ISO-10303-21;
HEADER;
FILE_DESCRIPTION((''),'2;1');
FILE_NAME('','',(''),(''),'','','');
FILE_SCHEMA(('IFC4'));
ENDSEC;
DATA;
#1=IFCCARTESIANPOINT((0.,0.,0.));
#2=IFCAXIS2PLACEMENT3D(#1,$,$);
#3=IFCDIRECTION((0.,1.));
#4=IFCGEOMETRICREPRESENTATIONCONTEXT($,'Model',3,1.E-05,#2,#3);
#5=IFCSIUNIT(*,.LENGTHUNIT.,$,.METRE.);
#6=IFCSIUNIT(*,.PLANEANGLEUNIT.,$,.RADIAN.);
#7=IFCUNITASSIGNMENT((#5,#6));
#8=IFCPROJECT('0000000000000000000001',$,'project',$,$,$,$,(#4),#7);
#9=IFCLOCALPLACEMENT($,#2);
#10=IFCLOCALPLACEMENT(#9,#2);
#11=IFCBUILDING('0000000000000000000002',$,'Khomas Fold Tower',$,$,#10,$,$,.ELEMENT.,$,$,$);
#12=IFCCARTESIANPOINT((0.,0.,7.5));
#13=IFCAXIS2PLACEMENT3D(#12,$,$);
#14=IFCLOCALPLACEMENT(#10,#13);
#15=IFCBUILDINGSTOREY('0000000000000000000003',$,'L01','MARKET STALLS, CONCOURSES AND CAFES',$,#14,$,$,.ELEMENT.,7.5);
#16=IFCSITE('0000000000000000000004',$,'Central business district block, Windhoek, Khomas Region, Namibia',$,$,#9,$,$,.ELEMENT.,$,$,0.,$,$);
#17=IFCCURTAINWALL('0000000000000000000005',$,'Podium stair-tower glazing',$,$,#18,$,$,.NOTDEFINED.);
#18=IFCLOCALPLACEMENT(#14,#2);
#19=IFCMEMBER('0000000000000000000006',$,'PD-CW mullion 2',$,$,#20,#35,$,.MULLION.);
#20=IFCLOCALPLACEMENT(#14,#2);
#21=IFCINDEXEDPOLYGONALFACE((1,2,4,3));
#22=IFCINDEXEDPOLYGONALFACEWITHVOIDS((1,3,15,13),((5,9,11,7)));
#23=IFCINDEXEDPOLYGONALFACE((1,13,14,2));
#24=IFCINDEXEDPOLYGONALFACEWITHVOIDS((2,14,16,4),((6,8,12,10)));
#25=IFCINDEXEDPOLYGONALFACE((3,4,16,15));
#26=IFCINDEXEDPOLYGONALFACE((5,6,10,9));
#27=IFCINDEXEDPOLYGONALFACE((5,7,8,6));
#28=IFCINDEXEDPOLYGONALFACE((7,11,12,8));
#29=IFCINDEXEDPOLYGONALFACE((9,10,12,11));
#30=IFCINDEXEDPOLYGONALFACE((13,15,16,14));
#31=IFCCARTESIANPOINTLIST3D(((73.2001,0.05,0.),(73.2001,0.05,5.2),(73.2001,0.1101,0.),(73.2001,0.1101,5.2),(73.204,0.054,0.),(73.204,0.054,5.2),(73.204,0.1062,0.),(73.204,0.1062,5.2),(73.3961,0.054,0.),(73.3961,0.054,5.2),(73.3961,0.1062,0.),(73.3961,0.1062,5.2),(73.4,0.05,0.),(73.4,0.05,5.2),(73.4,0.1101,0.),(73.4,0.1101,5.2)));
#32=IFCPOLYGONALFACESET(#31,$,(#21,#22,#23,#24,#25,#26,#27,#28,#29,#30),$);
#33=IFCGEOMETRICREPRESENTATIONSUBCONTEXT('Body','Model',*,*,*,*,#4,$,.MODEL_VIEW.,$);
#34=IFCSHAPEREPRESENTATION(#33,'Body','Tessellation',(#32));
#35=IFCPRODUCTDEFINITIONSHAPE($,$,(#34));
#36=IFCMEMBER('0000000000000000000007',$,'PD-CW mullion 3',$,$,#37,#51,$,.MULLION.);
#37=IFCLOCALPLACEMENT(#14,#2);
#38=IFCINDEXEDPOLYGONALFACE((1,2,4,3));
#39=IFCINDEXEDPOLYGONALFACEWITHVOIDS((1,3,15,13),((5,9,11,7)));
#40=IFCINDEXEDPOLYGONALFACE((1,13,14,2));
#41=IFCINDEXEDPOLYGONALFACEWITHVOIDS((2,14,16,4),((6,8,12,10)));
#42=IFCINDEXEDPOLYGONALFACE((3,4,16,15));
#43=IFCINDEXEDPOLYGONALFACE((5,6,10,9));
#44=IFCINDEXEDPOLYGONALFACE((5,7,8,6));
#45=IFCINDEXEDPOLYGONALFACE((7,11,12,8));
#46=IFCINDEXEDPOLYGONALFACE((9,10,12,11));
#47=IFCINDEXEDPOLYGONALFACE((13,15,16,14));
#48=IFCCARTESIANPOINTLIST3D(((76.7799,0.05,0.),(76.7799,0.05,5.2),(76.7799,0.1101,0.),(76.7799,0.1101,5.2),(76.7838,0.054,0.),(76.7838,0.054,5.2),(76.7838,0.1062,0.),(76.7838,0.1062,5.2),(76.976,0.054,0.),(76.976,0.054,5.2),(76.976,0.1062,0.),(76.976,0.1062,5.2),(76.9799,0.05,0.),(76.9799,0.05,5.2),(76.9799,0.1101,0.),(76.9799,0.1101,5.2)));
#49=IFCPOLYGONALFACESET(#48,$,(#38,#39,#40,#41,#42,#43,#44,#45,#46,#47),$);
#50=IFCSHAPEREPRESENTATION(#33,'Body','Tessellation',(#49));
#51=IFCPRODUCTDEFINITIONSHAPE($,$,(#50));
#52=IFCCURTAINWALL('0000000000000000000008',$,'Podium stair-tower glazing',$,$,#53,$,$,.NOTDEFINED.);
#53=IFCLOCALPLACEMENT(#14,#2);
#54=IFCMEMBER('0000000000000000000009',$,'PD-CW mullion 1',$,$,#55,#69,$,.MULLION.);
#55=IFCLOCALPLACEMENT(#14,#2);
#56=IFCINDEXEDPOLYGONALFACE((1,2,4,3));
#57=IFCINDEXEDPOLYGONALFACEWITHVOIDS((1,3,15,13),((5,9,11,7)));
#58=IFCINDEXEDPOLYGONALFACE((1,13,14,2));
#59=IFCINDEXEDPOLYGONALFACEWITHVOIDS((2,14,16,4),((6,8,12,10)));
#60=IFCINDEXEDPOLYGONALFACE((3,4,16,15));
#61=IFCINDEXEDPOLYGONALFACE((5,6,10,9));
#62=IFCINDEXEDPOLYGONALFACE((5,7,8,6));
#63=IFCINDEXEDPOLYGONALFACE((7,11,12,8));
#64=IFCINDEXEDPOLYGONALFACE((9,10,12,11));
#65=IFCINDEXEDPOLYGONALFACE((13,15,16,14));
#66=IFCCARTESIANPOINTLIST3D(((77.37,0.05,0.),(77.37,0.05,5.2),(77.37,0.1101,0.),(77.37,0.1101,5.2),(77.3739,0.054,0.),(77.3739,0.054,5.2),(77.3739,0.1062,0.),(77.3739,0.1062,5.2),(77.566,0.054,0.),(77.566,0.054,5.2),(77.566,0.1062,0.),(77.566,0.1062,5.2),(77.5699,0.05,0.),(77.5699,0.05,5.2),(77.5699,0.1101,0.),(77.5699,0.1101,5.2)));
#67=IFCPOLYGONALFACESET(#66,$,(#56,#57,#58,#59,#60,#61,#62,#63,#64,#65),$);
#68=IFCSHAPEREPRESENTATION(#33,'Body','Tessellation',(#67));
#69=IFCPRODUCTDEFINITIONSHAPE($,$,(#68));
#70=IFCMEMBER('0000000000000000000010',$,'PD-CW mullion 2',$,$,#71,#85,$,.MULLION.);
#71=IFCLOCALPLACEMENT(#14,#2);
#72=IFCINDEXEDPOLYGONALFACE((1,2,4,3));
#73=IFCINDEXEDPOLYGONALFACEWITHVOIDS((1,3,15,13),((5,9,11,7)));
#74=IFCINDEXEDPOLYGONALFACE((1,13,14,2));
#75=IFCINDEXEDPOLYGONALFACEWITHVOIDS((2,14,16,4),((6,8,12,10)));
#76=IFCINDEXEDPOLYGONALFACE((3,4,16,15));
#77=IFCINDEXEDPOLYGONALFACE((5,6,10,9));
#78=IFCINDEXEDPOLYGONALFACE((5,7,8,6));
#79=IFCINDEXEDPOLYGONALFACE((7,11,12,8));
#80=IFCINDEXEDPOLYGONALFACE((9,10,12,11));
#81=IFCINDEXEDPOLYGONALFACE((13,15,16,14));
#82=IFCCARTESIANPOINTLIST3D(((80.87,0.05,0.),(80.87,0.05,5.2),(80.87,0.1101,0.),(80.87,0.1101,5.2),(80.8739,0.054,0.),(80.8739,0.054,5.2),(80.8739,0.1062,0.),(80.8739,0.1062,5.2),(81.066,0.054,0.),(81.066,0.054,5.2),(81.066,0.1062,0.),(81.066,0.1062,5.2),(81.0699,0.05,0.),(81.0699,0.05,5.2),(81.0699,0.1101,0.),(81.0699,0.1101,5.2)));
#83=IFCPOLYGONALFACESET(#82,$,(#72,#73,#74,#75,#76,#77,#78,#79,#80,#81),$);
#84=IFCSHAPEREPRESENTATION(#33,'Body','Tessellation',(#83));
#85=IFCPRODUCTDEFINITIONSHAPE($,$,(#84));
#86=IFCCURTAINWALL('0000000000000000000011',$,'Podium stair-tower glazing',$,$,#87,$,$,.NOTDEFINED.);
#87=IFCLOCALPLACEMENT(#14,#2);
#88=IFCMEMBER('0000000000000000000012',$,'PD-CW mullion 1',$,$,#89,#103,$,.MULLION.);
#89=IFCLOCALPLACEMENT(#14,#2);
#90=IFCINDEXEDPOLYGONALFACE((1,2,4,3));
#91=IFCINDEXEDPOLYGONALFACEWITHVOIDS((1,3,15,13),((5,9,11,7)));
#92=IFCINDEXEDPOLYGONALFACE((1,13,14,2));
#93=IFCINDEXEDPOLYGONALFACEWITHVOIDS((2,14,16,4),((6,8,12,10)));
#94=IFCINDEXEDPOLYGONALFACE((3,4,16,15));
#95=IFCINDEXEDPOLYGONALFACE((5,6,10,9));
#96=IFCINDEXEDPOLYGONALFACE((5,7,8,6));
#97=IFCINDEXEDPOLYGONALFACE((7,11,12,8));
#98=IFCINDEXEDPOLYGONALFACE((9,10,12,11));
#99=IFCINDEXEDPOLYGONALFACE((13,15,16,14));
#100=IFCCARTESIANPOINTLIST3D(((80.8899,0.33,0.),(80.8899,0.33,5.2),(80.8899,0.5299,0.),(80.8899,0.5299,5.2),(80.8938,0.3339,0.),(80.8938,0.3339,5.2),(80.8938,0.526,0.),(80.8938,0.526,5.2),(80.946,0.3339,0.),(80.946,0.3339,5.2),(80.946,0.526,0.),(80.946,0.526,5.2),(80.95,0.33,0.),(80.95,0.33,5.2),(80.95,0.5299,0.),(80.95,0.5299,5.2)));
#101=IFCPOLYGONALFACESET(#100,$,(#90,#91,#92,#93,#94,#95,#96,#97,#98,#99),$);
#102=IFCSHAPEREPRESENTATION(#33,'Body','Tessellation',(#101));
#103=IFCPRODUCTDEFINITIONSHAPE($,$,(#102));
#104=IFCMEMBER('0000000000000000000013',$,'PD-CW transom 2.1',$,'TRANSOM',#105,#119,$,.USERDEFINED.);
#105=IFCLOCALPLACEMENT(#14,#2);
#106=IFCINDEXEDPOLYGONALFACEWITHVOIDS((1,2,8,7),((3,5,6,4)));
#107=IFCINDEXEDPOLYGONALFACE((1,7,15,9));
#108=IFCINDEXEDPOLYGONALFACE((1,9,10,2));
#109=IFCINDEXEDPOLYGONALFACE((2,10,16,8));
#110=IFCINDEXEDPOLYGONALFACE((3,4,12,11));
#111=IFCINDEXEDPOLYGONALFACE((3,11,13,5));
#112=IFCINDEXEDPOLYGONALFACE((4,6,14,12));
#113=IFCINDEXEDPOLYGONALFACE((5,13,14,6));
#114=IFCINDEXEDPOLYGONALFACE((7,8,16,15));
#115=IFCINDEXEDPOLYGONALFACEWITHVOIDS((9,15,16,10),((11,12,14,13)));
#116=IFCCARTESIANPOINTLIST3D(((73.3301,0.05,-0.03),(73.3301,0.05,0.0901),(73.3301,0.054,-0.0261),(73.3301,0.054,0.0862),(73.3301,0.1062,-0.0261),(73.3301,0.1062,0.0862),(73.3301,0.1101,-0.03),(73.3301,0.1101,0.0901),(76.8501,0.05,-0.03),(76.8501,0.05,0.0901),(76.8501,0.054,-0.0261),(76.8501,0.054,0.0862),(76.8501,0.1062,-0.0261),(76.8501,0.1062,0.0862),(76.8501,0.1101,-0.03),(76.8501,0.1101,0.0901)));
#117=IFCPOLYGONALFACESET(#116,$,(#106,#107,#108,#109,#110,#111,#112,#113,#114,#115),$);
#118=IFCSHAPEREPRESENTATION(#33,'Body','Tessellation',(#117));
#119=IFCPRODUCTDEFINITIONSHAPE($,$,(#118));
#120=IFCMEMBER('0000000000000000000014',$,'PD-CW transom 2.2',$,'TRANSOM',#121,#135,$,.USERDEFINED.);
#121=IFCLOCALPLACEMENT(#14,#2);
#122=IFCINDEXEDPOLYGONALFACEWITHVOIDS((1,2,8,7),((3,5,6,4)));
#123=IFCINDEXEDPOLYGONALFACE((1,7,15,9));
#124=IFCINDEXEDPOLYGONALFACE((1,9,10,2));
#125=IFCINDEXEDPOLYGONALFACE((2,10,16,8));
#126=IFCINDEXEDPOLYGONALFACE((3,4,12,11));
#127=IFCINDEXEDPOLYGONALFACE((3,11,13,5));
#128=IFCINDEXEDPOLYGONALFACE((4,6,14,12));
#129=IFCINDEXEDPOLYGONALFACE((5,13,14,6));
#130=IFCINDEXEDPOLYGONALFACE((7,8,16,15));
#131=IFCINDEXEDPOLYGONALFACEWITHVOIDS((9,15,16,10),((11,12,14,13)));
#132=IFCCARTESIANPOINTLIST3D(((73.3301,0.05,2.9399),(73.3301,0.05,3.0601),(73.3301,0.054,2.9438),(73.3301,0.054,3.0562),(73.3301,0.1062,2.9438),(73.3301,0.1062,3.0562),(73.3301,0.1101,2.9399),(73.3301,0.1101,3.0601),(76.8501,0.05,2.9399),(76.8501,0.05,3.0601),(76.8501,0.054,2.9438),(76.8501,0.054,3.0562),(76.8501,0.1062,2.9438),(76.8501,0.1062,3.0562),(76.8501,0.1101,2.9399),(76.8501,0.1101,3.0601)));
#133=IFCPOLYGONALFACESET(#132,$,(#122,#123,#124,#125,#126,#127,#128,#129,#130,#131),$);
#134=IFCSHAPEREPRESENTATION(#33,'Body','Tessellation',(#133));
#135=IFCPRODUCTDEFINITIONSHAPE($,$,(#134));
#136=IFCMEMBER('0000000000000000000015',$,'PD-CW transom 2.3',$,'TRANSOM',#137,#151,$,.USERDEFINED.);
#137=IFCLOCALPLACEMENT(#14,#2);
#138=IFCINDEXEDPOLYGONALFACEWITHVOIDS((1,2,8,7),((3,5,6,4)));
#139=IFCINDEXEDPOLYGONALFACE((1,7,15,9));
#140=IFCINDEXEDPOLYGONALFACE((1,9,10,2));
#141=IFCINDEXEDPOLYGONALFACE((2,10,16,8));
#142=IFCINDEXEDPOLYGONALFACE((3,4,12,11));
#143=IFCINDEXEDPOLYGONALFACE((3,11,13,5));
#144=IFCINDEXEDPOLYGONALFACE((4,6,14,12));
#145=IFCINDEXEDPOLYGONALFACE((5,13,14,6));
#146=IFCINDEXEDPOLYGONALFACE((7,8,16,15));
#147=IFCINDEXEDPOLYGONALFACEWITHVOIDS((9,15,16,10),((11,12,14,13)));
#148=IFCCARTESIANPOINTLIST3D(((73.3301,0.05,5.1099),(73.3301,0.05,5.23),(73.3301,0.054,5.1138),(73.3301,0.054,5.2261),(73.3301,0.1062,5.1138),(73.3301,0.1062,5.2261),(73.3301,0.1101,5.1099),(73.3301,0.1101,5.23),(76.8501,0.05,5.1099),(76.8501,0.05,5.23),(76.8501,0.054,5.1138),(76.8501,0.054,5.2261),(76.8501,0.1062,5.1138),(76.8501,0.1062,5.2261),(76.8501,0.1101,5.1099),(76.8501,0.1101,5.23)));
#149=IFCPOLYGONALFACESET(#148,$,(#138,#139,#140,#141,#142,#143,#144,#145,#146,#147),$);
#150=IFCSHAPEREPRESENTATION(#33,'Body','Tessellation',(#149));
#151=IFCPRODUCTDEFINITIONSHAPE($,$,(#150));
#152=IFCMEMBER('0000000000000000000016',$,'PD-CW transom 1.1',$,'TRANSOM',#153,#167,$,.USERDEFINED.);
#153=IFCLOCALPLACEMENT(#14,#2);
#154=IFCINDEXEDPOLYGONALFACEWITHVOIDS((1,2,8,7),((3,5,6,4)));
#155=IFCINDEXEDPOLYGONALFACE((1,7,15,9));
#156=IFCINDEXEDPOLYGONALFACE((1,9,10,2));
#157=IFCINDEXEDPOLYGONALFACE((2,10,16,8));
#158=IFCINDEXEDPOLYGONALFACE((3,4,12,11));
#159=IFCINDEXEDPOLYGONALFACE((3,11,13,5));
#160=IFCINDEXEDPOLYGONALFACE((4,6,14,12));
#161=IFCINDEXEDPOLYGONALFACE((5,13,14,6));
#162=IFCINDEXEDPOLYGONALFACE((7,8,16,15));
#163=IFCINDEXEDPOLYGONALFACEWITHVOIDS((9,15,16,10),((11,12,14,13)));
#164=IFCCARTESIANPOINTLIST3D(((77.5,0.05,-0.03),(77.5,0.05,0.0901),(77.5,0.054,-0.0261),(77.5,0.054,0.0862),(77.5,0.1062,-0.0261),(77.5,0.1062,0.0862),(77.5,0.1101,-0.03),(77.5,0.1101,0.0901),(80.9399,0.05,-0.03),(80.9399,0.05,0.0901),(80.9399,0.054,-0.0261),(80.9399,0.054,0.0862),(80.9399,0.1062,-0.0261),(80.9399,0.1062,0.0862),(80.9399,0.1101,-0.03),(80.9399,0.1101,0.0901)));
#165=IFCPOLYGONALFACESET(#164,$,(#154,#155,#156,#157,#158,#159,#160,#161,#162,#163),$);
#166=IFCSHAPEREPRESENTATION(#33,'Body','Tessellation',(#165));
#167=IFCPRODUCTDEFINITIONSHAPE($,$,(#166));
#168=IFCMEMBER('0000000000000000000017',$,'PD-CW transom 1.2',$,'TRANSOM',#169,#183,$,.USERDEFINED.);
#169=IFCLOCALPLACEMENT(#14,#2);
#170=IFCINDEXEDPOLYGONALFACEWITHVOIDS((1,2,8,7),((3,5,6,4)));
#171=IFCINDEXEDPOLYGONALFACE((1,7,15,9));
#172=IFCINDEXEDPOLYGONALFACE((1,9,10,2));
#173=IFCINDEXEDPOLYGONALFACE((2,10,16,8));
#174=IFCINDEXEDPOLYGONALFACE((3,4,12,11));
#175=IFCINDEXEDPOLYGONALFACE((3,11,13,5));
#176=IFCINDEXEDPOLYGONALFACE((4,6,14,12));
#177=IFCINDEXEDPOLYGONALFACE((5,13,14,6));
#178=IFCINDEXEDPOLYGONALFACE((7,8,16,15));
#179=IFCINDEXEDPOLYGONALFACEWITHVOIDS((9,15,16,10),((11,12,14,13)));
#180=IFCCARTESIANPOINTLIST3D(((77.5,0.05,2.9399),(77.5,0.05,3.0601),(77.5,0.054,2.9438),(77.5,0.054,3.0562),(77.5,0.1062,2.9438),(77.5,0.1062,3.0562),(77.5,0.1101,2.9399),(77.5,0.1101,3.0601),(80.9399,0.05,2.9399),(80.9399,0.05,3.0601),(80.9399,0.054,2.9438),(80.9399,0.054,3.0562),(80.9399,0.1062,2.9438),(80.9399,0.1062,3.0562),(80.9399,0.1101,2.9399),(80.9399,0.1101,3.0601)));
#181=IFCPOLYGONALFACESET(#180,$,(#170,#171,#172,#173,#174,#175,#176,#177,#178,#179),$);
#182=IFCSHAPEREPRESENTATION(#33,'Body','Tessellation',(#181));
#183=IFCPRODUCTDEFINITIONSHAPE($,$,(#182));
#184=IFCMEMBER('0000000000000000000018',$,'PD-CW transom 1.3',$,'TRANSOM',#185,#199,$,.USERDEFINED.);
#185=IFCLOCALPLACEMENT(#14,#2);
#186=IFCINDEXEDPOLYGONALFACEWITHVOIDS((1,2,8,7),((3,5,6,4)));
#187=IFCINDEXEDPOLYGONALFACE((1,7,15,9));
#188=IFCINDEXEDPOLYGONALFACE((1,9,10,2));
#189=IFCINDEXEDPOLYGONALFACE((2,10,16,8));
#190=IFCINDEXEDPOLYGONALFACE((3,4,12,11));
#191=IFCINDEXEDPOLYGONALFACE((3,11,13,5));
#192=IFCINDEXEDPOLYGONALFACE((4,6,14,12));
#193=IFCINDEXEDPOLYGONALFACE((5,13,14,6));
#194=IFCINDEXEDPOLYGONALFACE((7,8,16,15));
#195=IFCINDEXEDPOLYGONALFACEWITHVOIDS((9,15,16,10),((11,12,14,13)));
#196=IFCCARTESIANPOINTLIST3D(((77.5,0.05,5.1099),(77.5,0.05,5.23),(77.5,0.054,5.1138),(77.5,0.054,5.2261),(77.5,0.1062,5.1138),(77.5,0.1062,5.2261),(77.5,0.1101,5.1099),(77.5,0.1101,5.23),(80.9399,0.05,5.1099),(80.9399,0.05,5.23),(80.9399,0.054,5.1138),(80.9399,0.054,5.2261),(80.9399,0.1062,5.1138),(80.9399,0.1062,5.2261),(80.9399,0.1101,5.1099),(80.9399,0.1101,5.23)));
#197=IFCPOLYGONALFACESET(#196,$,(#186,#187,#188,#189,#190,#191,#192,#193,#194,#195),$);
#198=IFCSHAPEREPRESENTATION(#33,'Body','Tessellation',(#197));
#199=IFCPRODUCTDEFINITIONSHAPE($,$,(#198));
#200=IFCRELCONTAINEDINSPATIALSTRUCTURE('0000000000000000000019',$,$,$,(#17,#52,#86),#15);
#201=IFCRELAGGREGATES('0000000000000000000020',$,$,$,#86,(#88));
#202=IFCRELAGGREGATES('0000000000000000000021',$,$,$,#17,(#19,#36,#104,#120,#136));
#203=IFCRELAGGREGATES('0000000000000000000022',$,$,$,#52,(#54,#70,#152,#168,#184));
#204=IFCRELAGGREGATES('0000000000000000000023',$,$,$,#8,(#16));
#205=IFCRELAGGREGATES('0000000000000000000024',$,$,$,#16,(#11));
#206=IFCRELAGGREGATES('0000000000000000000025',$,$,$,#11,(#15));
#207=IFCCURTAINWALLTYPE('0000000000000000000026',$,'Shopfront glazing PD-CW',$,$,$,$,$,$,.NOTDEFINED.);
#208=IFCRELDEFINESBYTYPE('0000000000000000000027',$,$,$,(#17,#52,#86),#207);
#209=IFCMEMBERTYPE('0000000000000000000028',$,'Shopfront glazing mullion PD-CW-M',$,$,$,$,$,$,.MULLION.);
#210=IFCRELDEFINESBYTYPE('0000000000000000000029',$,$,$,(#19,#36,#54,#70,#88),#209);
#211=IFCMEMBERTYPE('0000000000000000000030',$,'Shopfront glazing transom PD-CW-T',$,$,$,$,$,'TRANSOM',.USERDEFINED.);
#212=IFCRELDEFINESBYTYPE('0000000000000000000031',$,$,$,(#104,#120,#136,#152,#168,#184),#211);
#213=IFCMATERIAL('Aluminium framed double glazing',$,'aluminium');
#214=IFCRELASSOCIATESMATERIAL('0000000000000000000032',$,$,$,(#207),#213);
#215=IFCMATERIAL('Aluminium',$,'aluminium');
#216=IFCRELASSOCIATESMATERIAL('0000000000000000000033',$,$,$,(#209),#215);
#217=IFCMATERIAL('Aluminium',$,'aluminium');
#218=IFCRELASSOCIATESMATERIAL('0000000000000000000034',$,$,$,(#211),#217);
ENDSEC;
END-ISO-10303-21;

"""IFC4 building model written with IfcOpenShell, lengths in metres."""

from ifc_helpers import new_model, si_unit, direction, frame, origin, origin_2d, place, context, subcontext, project, spatial, hollow_rectangle, extrude, source, transform, mapped, material, material_profile, profile_set, type_object, element, aggregate, save


model = new_model("IFC4")

# Units and contexts
model_context = context("Model", 3, precision=1e-05, world=origin(), true_north=direction((0.0, 1.0)))
body_context = subcontext(model_context, "Body", "Model", "MODEL_VIEW")
ifc_project = project(units=[si_unit("LENGTHUNIT", "METRE"), si_unit("PLANEANGLEUNIT", "RADIAN")], contexts=[model_context])

# Site, building, storey
site_placement = place(None, origin())
site = spatial("IfcSite", under=ifc_project, at=site_placement, Name="Central business district block, Windhoek, Khomas Region, Namibia", CompositionType="ELEMENT", RefElevation=0.0)
building_placement = place(site_placement, origin())
building = spatial("IfcBuilding", under=site, at=building_placement, Name="Khomas Fold Tower", CompositionType="ELEMENT")
storey_placement = place(building_placement, frame((0.0, 0.0, 7.5)))
storey = spatial("IfcBuildingStorey", under=building, at=storey_placement, Name="L01", Description="MARKET STALLS, CONCOURSES AND CAFES", CompositionType="ELEMENT", Elevation=7.5)

# Curtain walls, members
ifc_material_1 = material(Name="Aluminium framed double glazing", Category="aluminium")
curtain_wall_type = type_object("IfcCurtainWallType", Name="Shopfront glazing PD-CW", PredefinedType="NOTDEFINED", material=ifc_material_1)
curtain_wall_1_placement = place(storey_placement, origin())
curtain_wall_1 = element("IfcCurtainWall", 1, at=curtain_wall_1_placement, inside=storey, type_object=curtain_wall_type, Name="Podium stair-tower glazing", PredefinedType="NOTDEFINED")
ifc_material_2 = material(Name="Aluminium", Category="aluminium")
ifc_material_profile_1 = material_profile(ifc_material_2, hollow_rectangle(XDim=0.0601, YDim=0.2, WallThickness=0.0039, at=origin_2d()), Name="Shopfront glazing mullion PD-CW-M")
ifc_profile_set_1 = profile_set([ifc_material_profile_1], Name="Aluminium")
member_type_1 = type_object("IfcMemberType", Name="Shopfront glazing mullion PD-CW-M", PredefinedType="MULLION", material=ifc_profile_set_1)
shared_shape_1 = source(origin(), body_context, "Body", "SweptSolid", [
    extrude(hollow_rectangle(XDim=0.0601, YDim=0.2, WallThickness=0.0039, at=origin_2d()), origin(), (0.0, 0.0, 1.0), 5.2),
])
member_1_placement = place(storey_placement, frame((73.3, 0.0801, 0.0), z_axis=(0.0, 0.0, 1.0), x_axis=(0.0, 1.0, 0.0)))
member_1 = element("IfcMember", 2, at=member_1_placement, type_object=member_type_1, Name="PD-CW mullion 2", PredefinedType="MULLION", context=body_context, shape_type="MappedRepresentation", body=[
    mapped(shared_shape_1, transform((0.0, 0.0, 0.0))),
])
member_2_placement = place(storey_placement, frame((76.8799, 0.0801, 0.0), z_axis=(0.0, 0.0, 1.0), x_axis=(0.0, 1.0, 0.0)))
member_2 = element("IfcMember", 3, at=member_2_placement, type_object=member_type_1, Name="PD-CW mullion 3", PredefinedType="MULLION", context=body_context, shape_type="MappedRepresentation", body=[
    mapped(shared_shape_1, transform((0.0, 0.0, 0.0))),
])
curtain_wall_2_placement = place(storey_placement, origin())
curtain_wall_2 = element("IfcCurtainWall", 4, at=curtain_wall_2_placement, inside=storey, type_object=curtain_wall_type, Name="Podium stair-tower glazing", PredefinedType="NOTDEFINED")
member_3_placement = place(storey_placement, frame((77.47, 0.0801, 0.0), z_axis=(0.0, 0.0, 1.0), x_axis=(0.0, 1.0, 0.0)))
member_3 = element("IfcMember", 5, at=member_3_placement, type_object=member_type_1, Name="PD-CW mullion 1", PredefinedType="MULLION", context=body_context, shape_type="MappedRepresentation", body=[
    mapped(shared_shape_1, transform((0.0, 0.0, 0.0))),
])
member_4_placement = place(storey_placement, frame((80.97, 0.0801, 0.0), z_axis=(0.0, 0.0, 1.0), x_axis=(0.0, 1.0, 0.0)))
member_4 = element("IfcMember", 6, at=member_4_placement, type_object=member_type_1, Name="PD-CW mullion 2", PredefinedType="MULLION", context=body_context, shape_type="MappedRepresentation", body=[
    mapped(shared_shape_1, transform((0.0, 0.0, 0.0))),
])

# Curtain wall, member
curtain_wall_3_placement = place(storey_placement, origin())
curtain_wall_3 = element("IfcCurtainWall", 7, at=curtain_wall_3_placement, inside=storey, type_object=curtain_wall_type, Name="Podium stair-tower glazing", PredefinedType="NOTDEFINED")
member_5_placement = place(storey_placement, frame((80.9199, 0.4299, 0.0), z_axis=(0.0, 0.0, 1.0), x_axis=(-1.0, 0.0, 0.0)))
member_5 = element("IfcMember", 8, at=member_5_placement, type_object=member_type_1, Name="PD-CW mullion 1", PredefinedType="MULLION", context=body_context, shape_type="MappedRepresentation", body=[
    mapped(shared_shape_1, transform((0.0, 0.0, 0.0))),
])

# Members
ifc_material_3 = material(Name="Aluminium", Category="aluminium")
ifc_material_profile_2 = material_profile(ifc_material_3, hollow_rectangle(XDim=0.0601, YDim=0.1201, WallThickness=0.0039, at=origin_2d()), Name="Shopfront glazing transom PD-CW-T")
ifc_profile_set_2 = profile_set([ifc_material_profile_2], Name="Aluminium")
member_type_2 = type_object("IfcMemberType", Name="Shopfront glazing transom PD-CW-T", ElementType="TRANSOM", PredefinedType="USERDEFINED", material=ifc_profile_set_2)
shared_shape_2 = source(origin(), body_context, "Body", "SweptSolid", [
    extrude(hollow_rectangle(XDim=0.0601, YDim=0.1201, WallThickness=0.0039, at=origin_2d()), origin(), (0.0, 0.0, 1.0), 3.52),
])
member_6_placement = place(storey_placement, frame((73.3301, 0.0801, 0.03), z_axis=(1.0, 0.0, 0.0), x_axis=(0.0, 1.0, 0.0)))
member_6 = element("IfcMember", 9, at=member_6_placement, type_object=member_type_2, Name="PD-CW transom 2.1", ObjectType="TRANSOM", PredefinedType="USERDEFINED", context=body_context, shape_type="MappedRepresentation", body=[
    mapped(shared_shape_2, transform((0.0, 0.0, 0.0))),
])
member_7_placement = place(storey_placement, frame((73.3301, 0.0801, 3.0), z_axis=(1.0, 0.0, 0.0), x_axis=(0.0, 1.0, 0.0)))
member_7 = element("IfcMember", 10, at=member_7_placement, type_object=member_type_2, Name="PD-CW transom 2.2", ObjectType="TRANSOM", PredefinedType="USERDEFINED", context=body_context, shape_type="MappedRepresentation", body=[
    mapped(shared_shape_2, transform((0.0, 0.0, 0.0))),
])
member_8_placement = place(storey_placement, frame((73.3301, 0.0801, 5.1699), z_axis=(1.0, 0.0, 0.0), x_axis=(0.0, 1.0, 0.0)))
member_8 = element("IfcMember", 11, at=member_8_placement, type_object=member_type_2, Name="PD-CW transom 2.3", ObjectType="TRANSOM", PredefinedType="USERDEFINED", context=body_context, shape_type="MappedRepresentation", body=[
    mapped(shared_shape_2, transform((0.0, 0.0, 0.0))),
])
shared_shape_3 = source(origin(), body_context, "Body", "SweptSolid", [
    extrude(hollow_rectangle(XDim=0.0601, YDim=0.1201, WallThickness=0.0039, at=origin_2d()), origin(), (0.0, 0.0, 1.0), 3.4399),
])
member_9_placement = place(storey_placement, frame((77.5, 0.0801, 0.03), z_axis=(1.0, 0.0, 0.0), x_axis=(0.0, 1.0, 0.0)))
member_9 = element("IfcMember", 12, at=member_9_placement, type_object=member_type_2, Name="PD-CW transom 1.1", ObjectType="TRANSOM", PredefinedType="USERDEFINED", context=body_context, shape_type="MappedRepresentation", body=[
    mapped(shared_shape_3, transform((0.0, 0.0, 0.0))),
])
member_10_placement = place(storey_placement, frame((77.5, 0.0801, 3.0), z_axis=(1.0, 0.0, 0.0), x_axis=(0.0, 1.0, 0.0)))
member_10 = element("IfcMember", 13, at=member_10_placement, type_object=member_type_2, Name="PD-CW transom 1.2", ObjectType="TRANSOM", PredefinedType="USERDEFINED", context=body_context, shape_type="MappedRepresentation", body=[
    mapped(shared_shape_3, transform((0.0, 0.0, 0.0))),
])
member_11_placement = place(storey_placement, frame((77.5, 0.0801, 5.1699), z_axis=(1.0, 0.0, 0.0), x_axis=(0.0, 1.0, 0.0)))
member_11 = element("IfcMember", 14, at=member_11_placement, type_object=member_type_2, Name="PD-CW transom 1.3", ObjectType="TRANSOM", PredefinedType="USERDEFINED", context=body_context, shape_type="MappedRepresentation", body=[
    mapped(shared_shape_3, transform((0.0, 0.0, 0.0))),
])
aggregate(curtain_wall_3, [member_5])

aggregate(curtain_wall_1, [member_1, member_2, member_6, member_7, member_8])
aggregate(curtain_wall_2, [member_3, member_4, member_9, member_10, member_11])

save(model, "model.ifc")
